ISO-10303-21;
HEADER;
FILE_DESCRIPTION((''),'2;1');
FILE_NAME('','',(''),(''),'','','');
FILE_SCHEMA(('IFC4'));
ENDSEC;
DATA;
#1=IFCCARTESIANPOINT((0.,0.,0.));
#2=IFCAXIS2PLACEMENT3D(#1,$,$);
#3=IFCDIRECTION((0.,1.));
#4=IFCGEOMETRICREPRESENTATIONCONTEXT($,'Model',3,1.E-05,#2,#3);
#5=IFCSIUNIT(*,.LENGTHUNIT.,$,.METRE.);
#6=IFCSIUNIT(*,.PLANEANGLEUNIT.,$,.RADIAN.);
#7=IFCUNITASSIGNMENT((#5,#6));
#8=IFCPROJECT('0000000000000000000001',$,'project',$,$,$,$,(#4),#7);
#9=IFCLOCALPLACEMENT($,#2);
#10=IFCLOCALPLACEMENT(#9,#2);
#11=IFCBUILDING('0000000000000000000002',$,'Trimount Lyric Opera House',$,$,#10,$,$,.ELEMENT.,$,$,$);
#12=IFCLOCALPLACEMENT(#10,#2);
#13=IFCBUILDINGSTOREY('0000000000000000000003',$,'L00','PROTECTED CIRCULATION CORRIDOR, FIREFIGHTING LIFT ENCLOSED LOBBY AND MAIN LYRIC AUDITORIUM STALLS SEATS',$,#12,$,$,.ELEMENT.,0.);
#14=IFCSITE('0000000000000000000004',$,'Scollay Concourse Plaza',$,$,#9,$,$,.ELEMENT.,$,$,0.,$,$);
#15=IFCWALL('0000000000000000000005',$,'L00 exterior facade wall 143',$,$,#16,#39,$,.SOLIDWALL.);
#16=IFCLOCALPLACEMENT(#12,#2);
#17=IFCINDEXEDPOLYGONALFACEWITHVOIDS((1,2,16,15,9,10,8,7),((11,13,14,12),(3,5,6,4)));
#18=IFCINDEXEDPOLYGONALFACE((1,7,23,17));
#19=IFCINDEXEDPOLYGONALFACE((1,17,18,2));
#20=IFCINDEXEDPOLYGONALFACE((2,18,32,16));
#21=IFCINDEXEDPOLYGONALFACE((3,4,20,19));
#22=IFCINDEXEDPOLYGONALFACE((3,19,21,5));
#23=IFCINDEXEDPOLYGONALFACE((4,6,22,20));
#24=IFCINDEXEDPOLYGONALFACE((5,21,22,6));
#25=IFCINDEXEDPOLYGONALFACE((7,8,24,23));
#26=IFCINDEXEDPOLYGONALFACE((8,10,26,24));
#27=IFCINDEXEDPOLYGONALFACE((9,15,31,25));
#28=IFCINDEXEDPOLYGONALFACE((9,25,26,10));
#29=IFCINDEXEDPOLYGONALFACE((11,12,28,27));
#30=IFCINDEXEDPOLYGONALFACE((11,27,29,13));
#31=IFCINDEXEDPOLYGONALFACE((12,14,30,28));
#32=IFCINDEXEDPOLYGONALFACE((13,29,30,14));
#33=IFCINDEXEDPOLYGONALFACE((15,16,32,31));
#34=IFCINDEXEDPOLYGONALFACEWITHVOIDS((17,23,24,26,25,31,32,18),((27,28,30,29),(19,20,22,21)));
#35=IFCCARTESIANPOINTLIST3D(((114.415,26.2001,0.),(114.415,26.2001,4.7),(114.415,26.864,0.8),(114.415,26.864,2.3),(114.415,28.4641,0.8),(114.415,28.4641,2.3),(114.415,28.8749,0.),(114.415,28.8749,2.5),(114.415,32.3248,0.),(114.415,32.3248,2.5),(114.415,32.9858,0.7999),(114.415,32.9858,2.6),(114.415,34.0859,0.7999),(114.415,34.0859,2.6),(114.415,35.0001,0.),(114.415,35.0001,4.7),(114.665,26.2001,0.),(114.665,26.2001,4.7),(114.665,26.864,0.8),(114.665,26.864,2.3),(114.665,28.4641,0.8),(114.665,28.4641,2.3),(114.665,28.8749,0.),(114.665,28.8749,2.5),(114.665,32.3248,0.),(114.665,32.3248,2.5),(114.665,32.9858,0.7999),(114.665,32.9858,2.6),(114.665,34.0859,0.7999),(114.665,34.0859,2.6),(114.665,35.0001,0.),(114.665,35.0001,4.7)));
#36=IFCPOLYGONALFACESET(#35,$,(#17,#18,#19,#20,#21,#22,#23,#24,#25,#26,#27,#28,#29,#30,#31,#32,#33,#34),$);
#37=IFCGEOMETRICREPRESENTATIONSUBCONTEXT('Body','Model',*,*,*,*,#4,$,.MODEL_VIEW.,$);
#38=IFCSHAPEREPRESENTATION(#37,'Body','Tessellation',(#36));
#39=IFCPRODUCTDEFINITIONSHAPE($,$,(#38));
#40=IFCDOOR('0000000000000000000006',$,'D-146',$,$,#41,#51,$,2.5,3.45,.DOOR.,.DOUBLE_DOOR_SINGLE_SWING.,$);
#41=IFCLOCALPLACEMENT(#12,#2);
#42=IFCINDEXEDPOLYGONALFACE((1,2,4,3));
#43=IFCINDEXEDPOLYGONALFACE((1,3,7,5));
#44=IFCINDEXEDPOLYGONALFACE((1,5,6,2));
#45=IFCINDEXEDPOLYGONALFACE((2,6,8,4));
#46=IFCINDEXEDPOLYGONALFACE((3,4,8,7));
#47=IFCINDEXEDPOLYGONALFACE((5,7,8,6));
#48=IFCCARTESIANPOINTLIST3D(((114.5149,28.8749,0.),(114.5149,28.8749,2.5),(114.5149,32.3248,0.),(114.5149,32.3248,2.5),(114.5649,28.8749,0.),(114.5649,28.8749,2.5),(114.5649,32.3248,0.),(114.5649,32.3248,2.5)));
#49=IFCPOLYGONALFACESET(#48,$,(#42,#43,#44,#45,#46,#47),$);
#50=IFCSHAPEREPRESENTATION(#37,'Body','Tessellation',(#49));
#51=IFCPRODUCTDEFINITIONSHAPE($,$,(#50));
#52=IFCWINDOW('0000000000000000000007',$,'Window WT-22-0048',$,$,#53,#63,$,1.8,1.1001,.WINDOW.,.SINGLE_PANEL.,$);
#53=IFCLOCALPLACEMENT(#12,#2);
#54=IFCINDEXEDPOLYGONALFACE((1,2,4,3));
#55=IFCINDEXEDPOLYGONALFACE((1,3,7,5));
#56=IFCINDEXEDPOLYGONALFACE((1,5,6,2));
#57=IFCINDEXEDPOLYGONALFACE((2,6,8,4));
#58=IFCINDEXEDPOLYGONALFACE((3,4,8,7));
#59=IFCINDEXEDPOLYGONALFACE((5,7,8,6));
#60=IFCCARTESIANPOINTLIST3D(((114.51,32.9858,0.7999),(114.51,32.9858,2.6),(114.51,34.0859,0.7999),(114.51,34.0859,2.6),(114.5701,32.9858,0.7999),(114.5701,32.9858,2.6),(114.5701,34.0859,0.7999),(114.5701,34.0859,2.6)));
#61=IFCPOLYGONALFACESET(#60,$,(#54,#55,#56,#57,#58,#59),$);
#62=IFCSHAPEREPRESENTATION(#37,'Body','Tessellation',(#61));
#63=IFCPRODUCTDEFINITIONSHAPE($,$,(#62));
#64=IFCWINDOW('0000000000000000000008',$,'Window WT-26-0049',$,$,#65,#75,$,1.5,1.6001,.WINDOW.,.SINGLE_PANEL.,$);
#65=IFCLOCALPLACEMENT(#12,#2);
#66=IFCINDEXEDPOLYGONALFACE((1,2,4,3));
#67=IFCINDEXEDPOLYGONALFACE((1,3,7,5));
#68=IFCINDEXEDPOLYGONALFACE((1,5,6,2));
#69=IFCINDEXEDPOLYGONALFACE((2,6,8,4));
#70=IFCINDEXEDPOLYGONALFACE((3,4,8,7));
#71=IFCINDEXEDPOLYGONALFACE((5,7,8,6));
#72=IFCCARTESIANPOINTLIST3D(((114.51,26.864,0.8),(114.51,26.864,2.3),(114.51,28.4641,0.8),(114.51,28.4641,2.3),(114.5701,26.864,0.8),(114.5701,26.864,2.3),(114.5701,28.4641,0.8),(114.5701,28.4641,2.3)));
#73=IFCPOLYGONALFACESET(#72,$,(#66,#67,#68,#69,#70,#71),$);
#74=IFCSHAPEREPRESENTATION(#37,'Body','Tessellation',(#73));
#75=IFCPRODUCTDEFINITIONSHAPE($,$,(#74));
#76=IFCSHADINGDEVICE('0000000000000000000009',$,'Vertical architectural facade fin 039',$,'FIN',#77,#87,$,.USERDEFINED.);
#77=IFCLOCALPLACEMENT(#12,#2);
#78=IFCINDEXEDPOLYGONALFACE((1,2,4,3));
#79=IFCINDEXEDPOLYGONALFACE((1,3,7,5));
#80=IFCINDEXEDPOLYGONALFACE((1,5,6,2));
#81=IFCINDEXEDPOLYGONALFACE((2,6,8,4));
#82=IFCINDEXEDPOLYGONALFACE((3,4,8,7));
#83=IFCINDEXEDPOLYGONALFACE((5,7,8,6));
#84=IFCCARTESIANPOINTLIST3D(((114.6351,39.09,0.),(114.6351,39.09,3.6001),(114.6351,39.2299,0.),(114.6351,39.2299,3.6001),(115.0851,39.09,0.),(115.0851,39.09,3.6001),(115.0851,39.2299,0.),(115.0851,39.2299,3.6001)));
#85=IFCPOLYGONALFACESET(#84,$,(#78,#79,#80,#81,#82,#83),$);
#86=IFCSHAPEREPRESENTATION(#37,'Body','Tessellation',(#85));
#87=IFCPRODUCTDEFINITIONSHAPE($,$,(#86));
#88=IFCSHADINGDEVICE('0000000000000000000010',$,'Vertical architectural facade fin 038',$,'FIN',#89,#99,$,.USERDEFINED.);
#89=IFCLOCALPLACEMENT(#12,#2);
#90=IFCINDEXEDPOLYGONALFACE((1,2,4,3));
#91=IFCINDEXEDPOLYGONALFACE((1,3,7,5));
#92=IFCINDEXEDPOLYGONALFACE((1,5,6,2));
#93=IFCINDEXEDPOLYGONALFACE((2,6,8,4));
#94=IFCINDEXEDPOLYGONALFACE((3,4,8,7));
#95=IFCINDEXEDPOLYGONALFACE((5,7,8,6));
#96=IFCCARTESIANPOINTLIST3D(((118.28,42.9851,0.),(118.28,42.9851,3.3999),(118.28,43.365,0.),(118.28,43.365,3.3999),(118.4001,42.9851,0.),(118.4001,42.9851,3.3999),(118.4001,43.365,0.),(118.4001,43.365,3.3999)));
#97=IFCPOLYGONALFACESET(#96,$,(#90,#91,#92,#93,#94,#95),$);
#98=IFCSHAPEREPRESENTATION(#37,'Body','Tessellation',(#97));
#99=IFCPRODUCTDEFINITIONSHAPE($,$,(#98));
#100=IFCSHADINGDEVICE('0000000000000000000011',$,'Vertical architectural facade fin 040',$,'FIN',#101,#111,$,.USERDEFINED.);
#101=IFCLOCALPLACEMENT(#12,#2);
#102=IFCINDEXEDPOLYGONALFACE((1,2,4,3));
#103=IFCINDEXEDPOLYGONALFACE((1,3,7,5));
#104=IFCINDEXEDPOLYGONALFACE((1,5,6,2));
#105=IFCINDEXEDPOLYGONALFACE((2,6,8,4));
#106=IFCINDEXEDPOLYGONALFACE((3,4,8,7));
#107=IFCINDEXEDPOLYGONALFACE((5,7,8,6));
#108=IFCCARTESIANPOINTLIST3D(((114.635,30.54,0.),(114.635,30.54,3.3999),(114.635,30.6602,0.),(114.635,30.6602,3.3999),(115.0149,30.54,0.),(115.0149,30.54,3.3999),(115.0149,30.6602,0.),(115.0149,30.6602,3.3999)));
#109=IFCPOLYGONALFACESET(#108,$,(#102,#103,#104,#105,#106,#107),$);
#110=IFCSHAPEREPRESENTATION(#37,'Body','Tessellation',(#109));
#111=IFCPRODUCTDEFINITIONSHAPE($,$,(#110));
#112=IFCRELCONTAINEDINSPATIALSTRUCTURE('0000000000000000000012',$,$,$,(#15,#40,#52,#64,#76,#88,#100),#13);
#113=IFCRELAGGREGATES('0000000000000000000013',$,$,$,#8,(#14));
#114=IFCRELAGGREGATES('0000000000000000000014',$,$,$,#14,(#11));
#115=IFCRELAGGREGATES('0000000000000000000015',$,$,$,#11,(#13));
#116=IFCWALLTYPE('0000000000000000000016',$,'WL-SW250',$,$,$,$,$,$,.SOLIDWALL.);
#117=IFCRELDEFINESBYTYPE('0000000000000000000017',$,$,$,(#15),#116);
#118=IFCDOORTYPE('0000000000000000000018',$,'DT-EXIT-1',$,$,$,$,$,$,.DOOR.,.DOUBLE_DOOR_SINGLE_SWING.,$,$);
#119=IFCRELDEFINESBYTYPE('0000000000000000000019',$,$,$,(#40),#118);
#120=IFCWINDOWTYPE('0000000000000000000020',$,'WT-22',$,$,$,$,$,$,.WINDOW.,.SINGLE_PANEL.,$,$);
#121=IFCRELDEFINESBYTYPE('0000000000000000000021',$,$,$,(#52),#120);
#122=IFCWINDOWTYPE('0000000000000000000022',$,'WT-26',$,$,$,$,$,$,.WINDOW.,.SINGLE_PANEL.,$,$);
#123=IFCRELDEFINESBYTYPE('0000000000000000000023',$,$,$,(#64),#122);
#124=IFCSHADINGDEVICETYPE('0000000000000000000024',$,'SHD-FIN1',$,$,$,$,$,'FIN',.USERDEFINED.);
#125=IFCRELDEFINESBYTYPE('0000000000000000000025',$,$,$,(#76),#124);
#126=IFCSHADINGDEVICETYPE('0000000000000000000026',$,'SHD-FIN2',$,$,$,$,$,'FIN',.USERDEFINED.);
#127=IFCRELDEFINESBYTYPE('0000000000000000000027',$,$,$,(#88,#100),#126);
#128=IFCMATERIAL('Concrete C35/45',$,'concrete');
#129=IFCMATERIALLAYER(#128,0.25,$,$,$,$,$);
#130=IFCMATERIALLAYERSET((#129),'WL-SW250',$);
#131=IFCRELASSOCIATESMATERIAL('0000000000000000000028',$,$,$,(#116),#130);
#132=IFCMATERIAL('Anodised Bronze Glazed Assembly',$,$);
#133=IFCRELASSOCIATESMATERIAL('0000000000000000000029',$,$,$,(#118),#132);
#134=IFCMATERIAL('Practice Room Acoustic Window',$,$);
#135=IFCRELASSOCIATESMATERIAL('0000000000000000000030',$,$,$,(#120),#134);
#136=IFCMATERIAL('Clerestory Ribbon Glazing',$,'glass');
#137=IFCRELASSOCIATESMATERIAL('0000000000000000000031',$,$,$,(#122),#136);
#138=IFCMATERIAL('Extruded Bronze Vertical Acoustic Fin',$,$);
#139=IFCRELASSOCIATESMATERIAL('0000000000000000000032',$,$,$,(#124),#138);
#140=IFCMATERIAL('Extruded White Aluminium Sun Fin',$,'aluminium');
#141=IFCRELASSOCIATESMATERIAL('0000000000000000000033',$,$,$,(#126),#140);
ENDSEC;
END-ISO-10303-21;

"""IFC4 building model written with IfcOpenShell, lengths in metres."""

from ifc_helpers import new_model, si_unit, direction, frame, frame_2d, origin, origin_2d, place, context, subcontext, project, spatial, rectangle, extrude, material, layer, layer_set, type_object, element, fill, save


model = new_model("IFC4")

# Units and contexts
model_context = context("Model", 3, precision=1e-05, world=origin(), true_north=direction((0.0, 1.0)))
body_context = subcontext(model_context, "Body", "Model", "MODEL_VIEW")
ifc_project = project(units=[si_unit("LENGTHUNIT", "METRE"), si_unit("PLANEANGLEUNIT", "RADIAN")], contexts=[model_context])

# Site, building, storey
site_placement = place(None, origin())
site = spatial("IfcSite", under=ifc_project, at=site_placement, Name="Scollay Concourse Plaza", CompositionType="ELEMENT", RefElevation=0.0)
building_placement = place(site_placement, origin())
building = spatial("IfcBuilding", under=site, at=building_placement, Name="Trimount Lyric Opera House", CompositionType="ELEMENT")
storey_placement = place(building_placement, origin())
storey = spatial("IfcBuildingStorey", under=building, at=storey_placement, Name="L00", Description="PROTECTED CIRCULATION CORRIDOR, FIREFIGHTING LIFT ENCLOSED LOBBY AND MAIN LYRIC AUDITORIUM STALLS SEATS", CompositionType="ELEMENT", Elevation=0.0)

# Shared definitions
ifc_material_1 = material(Name="Concrete C35/45", Category="concrete")
ifc_layer = layer(ifc_material_1, 0.25)
ifc_layer_set = layer_set([ifc_layer], Name="WL-SW250")
wall_type = type_object("IfcWallType", Name="WL-SW250", PredefinedType="SOLIDWALL", material=ifc_layer_set)

# Wall, openings, door, windows
wall_1_placement = place(storey_placement, frame((114.54, 35.0, 0.0), z_axis=(0.0, 0.0, 1.0), x_axis=(0.0, -1.0, 0.0)))
wall_1 = element("IfcWall", 1, at=wall_1_placement, inside=storey, type_object=wall_type, Name="L00 exterior facade wall 143", PredefinedType="SOLIDWALL", context=body_context, shape_type="SweptSolid", body=[
    extrude(rectangle(XDim=8.8, YDim=0.25, at=frame_2d((4.3999, 0.0))), origin(), (0.0, 0.0, 1.0), 4.7),
])
opening_1_placement = place(wall_1_placement, frame((0.9141, 0.0, 0.8)))
opening_1 = element("IfcOpeningElement", 2, at=opening_1_placement, cuts=wall_1, PredefinedType="OPENING", context=body_context, shape_type="SweptSolid", body=[
    extrude(rectangle(XDim=1.1001, YDim=1.8, at=frame_2d((0.55, 0.8999))), frame((0.0, 0.135, 0.0), z_axis=(0.0, -1.0, 0.0), x_axis=(1.0, 0.0, 0.0)), (0.0, 0.0, 1.0), 0.27),
])
opening_2_placement = place(wall_1_placement, frame((6.5359, 0.0, 0.8)))
opening_2 = element("IfcOpeningElement", 3, at=opening_2_placement, cuts=wall_1, PredefinedType="OPENING", context=body_context, shape_type="SweptSolid", body=[
    extrude(rectangle(XDim=1.6001, YDim=1.5, at=frame_2d((0.8, 0.75))), frame((0.0, 0.135, 0.0), z_axis=(0.0, -1.0, 0.0), x_axis=(1.0, 0.0, 0.0)), (0.0, 0.0, 1.0), 0.27),
])
opening_3_placement = place(wall_1_placement, frame((2.675, 0.0, 0.0)))
opening_3 = element("IfcOpeningElement", 4, at=opening_3_placement, cuts=wall_1, PredefinedType="OPENING", context=body_context, shape_type="SweptSolid", body=[
    extrude(rectangle(XDim=3.45, YDim=2.5, at=frame_2d((1.7251, 1.25))), frame((0.0, 0.135, 0.0), z_axis=(0.0, -1.0, 0.0), x_axis=(1.0, 0.0, 0.0)), (0.0, 0.0, 1.0), 0.27),
])
ifc_material_2 = material(Name="Anodised Bronze Glazed Assembly")
door_type = type_object("IfcDoorType", Name="DT-EXIT-1", OperationType="DOUBLE_DOOR_SINGLE_SWING", PredefinedType="DOOR", material=ifc_material_2)
door_placement = place(opening_3_placement, origin())
door = element("IfcDoor", 5, at=door_placement, inside=storey, type_object=door_type, Name="D-146", OperationType="DOUBLE_DOOR_SINGLE_SWING", OverallHeight=2.5, OverallWidth=3.45, PredefinedType="DOOR", context=body_context, shape_type="SweptSolid", body=[
    extrude(rectangle(XDim=3.45, YDim=2.5, at=frame_2d((1.7251, 1.25))), frame((0.0, 0.0249, 0.0), z_axis=(0.0, -1.0, 0.0), x_axis=(1.0, 0.0, 0.0)), (0.0, 0.0, 1.0), 0.05),
])
fill(opening_3, door)
ifc_material_3 = material(Name="Practice Room Acoustic Window")
window_type_1 = type_object("IfcWindowType", Name="WT-22", PartitioningType="SINGLE_PANEL", PredefinedType="WINDOW", material=ifc_material_3)
window_1_placement = place(opening_1_placement, origin())
window_1 = element("IfcWindow", 6, at=window_1_placement, inside=storey, type_object=window_type_1, Name="Window WT-22-0048", OverallHeight=1.8, OverallWidth=1.1001, PartitioningType="SINGLE_PANEL", PredefinedType="WINDOW", context=body_context, shape_type="SweptSolid", body=[
    extrude(rectangle(XDim=1.1001, YDim=1.8, at=frame_2d((0.55, 0.8999))), frame((0.0, 0.03, 0.0), z_axis=(0.0, -1.0, 0.0), x_axis=(1.0, 0.0, 0.0)), (0.0, 0.0, 1.0), 0.0601),
])
fill(opening_1, window_1)
ifc_material_4 = material(Name="Clerestory Ribbon Glazing", Category="glass")
window_type_2 = type_object("IfcWindowType", Name="WT-26", PartitioningType="SINGLE_PANEL", PredefinedType="WINDOW", material=ifc_material_4)
window_2_placement = place(opening_2_placement, origin())
window_2 = element("IfcWindow", 7, at=window_2_placement, inside=storey, type_object=window_type_2, Name="Window WT-26-0049", OverallHeight=1.5, OverallWidth=1.6001, PartitioningType="SINGLE_PANEL", PredefinedType="WINDOW", context=body_context, shape_type="SweptSolid", body=[
    extrude(rectangle(XDim=1.6001, YDim=1.5, at=frame_2d((0.8, 0.75))), frame((0.0, 0.03, 0.0), z_axis=(0.0, -1.0, 0.0), x_axis=(1.0, 0.0, 0.0)), (0.0, 0.0, 1.0), 0.0601),
])
fill(opening_2, window_2)

# Shading devices
ifc_material_5 = material(Name="Extruded Bronze Vertical Acoustic Fin")
shading_device_type_1 = type_object("IfcShadingDeviceType", Name="SHD-FIN1", ElementType="FIN", PredefinedType="USERDEFINED", material=ifc_material_5)
shading_device_1_placement = place(storey_placement, frame((114.8601, 39.1599, 0.0), z_axis=(0.0, 0.0, 1.0), x_axis=(1.0, 0.0, 0.0)))
element("IfcShadingDevice", 8, at=shading_device_1_placement, inside=storey, type_object=shading_device_type_1, Name="Vertical architectural facade fin 039", ObjectType="FIN", PredefinedType="USERDEFINED", context=body_context, shape_type="SweptSolid", body=[
    extrude(rectangle(XDim=0.45, YDim=0.1399, at=origin_2d()), origin(), (0.0, 0.0, 1.0), 3.6001),
])
ifc_material_6 = material(Name="Extruded White Aluminium Sun Fin", Category="aluminium")
shading_device_type_2 = type_object("IfcShadingDeviceType", Name="SHD-FIN2", ElementType="FIN", PredefinedType="USERDEFINED", material=ifc_material_6)
shading_device_2_placement = place(storey_placement, frame((118.3401, 43.175, 0.0), z_axis=(0.0, 0.0, 1.0), x_axis=(1.0, 0.0, 0.0)))
element("IfcShadingDevice", 9, at=shading_device_2_placement, inside=storey, type_object=shading_device_type_2, Name="Vertical architectural facade fin 038", ObjectType="FIN", PredefinedType="USERDEFINED", context=body_context, shape_type="SweptSolid", body=[
    extrude(rectangle(XDim=0.1201, YDim=0.3799, at=origin_2d()), origin(), (0.0, 0.0, 1.0), 3.3999),
])
shading_device_3_placement = place(storey_placement, frame((114.825, 30.6001, 0.0), z_axis=(0.0, 0.0, 1.0), x_axis=(1.0, 0.0, 0.0)))
element("IfcShadingDevice", 10, at=shading_device_3_placement, inside=storey, type_object=shading_device_type_2, Name="Vertical architectural facade fin 040", ObjectType="FIN", PredefinedType="USERDEFINED", context=body_context, shape_type="SweptSolid", body=[
    extrude(rectangle(XDim=0.3799, YDim=0.1201, at=origin_2d()), origin(), (0.0, 0.0, 1.0), 3.3999),
])

save(model, "model.ifc")
